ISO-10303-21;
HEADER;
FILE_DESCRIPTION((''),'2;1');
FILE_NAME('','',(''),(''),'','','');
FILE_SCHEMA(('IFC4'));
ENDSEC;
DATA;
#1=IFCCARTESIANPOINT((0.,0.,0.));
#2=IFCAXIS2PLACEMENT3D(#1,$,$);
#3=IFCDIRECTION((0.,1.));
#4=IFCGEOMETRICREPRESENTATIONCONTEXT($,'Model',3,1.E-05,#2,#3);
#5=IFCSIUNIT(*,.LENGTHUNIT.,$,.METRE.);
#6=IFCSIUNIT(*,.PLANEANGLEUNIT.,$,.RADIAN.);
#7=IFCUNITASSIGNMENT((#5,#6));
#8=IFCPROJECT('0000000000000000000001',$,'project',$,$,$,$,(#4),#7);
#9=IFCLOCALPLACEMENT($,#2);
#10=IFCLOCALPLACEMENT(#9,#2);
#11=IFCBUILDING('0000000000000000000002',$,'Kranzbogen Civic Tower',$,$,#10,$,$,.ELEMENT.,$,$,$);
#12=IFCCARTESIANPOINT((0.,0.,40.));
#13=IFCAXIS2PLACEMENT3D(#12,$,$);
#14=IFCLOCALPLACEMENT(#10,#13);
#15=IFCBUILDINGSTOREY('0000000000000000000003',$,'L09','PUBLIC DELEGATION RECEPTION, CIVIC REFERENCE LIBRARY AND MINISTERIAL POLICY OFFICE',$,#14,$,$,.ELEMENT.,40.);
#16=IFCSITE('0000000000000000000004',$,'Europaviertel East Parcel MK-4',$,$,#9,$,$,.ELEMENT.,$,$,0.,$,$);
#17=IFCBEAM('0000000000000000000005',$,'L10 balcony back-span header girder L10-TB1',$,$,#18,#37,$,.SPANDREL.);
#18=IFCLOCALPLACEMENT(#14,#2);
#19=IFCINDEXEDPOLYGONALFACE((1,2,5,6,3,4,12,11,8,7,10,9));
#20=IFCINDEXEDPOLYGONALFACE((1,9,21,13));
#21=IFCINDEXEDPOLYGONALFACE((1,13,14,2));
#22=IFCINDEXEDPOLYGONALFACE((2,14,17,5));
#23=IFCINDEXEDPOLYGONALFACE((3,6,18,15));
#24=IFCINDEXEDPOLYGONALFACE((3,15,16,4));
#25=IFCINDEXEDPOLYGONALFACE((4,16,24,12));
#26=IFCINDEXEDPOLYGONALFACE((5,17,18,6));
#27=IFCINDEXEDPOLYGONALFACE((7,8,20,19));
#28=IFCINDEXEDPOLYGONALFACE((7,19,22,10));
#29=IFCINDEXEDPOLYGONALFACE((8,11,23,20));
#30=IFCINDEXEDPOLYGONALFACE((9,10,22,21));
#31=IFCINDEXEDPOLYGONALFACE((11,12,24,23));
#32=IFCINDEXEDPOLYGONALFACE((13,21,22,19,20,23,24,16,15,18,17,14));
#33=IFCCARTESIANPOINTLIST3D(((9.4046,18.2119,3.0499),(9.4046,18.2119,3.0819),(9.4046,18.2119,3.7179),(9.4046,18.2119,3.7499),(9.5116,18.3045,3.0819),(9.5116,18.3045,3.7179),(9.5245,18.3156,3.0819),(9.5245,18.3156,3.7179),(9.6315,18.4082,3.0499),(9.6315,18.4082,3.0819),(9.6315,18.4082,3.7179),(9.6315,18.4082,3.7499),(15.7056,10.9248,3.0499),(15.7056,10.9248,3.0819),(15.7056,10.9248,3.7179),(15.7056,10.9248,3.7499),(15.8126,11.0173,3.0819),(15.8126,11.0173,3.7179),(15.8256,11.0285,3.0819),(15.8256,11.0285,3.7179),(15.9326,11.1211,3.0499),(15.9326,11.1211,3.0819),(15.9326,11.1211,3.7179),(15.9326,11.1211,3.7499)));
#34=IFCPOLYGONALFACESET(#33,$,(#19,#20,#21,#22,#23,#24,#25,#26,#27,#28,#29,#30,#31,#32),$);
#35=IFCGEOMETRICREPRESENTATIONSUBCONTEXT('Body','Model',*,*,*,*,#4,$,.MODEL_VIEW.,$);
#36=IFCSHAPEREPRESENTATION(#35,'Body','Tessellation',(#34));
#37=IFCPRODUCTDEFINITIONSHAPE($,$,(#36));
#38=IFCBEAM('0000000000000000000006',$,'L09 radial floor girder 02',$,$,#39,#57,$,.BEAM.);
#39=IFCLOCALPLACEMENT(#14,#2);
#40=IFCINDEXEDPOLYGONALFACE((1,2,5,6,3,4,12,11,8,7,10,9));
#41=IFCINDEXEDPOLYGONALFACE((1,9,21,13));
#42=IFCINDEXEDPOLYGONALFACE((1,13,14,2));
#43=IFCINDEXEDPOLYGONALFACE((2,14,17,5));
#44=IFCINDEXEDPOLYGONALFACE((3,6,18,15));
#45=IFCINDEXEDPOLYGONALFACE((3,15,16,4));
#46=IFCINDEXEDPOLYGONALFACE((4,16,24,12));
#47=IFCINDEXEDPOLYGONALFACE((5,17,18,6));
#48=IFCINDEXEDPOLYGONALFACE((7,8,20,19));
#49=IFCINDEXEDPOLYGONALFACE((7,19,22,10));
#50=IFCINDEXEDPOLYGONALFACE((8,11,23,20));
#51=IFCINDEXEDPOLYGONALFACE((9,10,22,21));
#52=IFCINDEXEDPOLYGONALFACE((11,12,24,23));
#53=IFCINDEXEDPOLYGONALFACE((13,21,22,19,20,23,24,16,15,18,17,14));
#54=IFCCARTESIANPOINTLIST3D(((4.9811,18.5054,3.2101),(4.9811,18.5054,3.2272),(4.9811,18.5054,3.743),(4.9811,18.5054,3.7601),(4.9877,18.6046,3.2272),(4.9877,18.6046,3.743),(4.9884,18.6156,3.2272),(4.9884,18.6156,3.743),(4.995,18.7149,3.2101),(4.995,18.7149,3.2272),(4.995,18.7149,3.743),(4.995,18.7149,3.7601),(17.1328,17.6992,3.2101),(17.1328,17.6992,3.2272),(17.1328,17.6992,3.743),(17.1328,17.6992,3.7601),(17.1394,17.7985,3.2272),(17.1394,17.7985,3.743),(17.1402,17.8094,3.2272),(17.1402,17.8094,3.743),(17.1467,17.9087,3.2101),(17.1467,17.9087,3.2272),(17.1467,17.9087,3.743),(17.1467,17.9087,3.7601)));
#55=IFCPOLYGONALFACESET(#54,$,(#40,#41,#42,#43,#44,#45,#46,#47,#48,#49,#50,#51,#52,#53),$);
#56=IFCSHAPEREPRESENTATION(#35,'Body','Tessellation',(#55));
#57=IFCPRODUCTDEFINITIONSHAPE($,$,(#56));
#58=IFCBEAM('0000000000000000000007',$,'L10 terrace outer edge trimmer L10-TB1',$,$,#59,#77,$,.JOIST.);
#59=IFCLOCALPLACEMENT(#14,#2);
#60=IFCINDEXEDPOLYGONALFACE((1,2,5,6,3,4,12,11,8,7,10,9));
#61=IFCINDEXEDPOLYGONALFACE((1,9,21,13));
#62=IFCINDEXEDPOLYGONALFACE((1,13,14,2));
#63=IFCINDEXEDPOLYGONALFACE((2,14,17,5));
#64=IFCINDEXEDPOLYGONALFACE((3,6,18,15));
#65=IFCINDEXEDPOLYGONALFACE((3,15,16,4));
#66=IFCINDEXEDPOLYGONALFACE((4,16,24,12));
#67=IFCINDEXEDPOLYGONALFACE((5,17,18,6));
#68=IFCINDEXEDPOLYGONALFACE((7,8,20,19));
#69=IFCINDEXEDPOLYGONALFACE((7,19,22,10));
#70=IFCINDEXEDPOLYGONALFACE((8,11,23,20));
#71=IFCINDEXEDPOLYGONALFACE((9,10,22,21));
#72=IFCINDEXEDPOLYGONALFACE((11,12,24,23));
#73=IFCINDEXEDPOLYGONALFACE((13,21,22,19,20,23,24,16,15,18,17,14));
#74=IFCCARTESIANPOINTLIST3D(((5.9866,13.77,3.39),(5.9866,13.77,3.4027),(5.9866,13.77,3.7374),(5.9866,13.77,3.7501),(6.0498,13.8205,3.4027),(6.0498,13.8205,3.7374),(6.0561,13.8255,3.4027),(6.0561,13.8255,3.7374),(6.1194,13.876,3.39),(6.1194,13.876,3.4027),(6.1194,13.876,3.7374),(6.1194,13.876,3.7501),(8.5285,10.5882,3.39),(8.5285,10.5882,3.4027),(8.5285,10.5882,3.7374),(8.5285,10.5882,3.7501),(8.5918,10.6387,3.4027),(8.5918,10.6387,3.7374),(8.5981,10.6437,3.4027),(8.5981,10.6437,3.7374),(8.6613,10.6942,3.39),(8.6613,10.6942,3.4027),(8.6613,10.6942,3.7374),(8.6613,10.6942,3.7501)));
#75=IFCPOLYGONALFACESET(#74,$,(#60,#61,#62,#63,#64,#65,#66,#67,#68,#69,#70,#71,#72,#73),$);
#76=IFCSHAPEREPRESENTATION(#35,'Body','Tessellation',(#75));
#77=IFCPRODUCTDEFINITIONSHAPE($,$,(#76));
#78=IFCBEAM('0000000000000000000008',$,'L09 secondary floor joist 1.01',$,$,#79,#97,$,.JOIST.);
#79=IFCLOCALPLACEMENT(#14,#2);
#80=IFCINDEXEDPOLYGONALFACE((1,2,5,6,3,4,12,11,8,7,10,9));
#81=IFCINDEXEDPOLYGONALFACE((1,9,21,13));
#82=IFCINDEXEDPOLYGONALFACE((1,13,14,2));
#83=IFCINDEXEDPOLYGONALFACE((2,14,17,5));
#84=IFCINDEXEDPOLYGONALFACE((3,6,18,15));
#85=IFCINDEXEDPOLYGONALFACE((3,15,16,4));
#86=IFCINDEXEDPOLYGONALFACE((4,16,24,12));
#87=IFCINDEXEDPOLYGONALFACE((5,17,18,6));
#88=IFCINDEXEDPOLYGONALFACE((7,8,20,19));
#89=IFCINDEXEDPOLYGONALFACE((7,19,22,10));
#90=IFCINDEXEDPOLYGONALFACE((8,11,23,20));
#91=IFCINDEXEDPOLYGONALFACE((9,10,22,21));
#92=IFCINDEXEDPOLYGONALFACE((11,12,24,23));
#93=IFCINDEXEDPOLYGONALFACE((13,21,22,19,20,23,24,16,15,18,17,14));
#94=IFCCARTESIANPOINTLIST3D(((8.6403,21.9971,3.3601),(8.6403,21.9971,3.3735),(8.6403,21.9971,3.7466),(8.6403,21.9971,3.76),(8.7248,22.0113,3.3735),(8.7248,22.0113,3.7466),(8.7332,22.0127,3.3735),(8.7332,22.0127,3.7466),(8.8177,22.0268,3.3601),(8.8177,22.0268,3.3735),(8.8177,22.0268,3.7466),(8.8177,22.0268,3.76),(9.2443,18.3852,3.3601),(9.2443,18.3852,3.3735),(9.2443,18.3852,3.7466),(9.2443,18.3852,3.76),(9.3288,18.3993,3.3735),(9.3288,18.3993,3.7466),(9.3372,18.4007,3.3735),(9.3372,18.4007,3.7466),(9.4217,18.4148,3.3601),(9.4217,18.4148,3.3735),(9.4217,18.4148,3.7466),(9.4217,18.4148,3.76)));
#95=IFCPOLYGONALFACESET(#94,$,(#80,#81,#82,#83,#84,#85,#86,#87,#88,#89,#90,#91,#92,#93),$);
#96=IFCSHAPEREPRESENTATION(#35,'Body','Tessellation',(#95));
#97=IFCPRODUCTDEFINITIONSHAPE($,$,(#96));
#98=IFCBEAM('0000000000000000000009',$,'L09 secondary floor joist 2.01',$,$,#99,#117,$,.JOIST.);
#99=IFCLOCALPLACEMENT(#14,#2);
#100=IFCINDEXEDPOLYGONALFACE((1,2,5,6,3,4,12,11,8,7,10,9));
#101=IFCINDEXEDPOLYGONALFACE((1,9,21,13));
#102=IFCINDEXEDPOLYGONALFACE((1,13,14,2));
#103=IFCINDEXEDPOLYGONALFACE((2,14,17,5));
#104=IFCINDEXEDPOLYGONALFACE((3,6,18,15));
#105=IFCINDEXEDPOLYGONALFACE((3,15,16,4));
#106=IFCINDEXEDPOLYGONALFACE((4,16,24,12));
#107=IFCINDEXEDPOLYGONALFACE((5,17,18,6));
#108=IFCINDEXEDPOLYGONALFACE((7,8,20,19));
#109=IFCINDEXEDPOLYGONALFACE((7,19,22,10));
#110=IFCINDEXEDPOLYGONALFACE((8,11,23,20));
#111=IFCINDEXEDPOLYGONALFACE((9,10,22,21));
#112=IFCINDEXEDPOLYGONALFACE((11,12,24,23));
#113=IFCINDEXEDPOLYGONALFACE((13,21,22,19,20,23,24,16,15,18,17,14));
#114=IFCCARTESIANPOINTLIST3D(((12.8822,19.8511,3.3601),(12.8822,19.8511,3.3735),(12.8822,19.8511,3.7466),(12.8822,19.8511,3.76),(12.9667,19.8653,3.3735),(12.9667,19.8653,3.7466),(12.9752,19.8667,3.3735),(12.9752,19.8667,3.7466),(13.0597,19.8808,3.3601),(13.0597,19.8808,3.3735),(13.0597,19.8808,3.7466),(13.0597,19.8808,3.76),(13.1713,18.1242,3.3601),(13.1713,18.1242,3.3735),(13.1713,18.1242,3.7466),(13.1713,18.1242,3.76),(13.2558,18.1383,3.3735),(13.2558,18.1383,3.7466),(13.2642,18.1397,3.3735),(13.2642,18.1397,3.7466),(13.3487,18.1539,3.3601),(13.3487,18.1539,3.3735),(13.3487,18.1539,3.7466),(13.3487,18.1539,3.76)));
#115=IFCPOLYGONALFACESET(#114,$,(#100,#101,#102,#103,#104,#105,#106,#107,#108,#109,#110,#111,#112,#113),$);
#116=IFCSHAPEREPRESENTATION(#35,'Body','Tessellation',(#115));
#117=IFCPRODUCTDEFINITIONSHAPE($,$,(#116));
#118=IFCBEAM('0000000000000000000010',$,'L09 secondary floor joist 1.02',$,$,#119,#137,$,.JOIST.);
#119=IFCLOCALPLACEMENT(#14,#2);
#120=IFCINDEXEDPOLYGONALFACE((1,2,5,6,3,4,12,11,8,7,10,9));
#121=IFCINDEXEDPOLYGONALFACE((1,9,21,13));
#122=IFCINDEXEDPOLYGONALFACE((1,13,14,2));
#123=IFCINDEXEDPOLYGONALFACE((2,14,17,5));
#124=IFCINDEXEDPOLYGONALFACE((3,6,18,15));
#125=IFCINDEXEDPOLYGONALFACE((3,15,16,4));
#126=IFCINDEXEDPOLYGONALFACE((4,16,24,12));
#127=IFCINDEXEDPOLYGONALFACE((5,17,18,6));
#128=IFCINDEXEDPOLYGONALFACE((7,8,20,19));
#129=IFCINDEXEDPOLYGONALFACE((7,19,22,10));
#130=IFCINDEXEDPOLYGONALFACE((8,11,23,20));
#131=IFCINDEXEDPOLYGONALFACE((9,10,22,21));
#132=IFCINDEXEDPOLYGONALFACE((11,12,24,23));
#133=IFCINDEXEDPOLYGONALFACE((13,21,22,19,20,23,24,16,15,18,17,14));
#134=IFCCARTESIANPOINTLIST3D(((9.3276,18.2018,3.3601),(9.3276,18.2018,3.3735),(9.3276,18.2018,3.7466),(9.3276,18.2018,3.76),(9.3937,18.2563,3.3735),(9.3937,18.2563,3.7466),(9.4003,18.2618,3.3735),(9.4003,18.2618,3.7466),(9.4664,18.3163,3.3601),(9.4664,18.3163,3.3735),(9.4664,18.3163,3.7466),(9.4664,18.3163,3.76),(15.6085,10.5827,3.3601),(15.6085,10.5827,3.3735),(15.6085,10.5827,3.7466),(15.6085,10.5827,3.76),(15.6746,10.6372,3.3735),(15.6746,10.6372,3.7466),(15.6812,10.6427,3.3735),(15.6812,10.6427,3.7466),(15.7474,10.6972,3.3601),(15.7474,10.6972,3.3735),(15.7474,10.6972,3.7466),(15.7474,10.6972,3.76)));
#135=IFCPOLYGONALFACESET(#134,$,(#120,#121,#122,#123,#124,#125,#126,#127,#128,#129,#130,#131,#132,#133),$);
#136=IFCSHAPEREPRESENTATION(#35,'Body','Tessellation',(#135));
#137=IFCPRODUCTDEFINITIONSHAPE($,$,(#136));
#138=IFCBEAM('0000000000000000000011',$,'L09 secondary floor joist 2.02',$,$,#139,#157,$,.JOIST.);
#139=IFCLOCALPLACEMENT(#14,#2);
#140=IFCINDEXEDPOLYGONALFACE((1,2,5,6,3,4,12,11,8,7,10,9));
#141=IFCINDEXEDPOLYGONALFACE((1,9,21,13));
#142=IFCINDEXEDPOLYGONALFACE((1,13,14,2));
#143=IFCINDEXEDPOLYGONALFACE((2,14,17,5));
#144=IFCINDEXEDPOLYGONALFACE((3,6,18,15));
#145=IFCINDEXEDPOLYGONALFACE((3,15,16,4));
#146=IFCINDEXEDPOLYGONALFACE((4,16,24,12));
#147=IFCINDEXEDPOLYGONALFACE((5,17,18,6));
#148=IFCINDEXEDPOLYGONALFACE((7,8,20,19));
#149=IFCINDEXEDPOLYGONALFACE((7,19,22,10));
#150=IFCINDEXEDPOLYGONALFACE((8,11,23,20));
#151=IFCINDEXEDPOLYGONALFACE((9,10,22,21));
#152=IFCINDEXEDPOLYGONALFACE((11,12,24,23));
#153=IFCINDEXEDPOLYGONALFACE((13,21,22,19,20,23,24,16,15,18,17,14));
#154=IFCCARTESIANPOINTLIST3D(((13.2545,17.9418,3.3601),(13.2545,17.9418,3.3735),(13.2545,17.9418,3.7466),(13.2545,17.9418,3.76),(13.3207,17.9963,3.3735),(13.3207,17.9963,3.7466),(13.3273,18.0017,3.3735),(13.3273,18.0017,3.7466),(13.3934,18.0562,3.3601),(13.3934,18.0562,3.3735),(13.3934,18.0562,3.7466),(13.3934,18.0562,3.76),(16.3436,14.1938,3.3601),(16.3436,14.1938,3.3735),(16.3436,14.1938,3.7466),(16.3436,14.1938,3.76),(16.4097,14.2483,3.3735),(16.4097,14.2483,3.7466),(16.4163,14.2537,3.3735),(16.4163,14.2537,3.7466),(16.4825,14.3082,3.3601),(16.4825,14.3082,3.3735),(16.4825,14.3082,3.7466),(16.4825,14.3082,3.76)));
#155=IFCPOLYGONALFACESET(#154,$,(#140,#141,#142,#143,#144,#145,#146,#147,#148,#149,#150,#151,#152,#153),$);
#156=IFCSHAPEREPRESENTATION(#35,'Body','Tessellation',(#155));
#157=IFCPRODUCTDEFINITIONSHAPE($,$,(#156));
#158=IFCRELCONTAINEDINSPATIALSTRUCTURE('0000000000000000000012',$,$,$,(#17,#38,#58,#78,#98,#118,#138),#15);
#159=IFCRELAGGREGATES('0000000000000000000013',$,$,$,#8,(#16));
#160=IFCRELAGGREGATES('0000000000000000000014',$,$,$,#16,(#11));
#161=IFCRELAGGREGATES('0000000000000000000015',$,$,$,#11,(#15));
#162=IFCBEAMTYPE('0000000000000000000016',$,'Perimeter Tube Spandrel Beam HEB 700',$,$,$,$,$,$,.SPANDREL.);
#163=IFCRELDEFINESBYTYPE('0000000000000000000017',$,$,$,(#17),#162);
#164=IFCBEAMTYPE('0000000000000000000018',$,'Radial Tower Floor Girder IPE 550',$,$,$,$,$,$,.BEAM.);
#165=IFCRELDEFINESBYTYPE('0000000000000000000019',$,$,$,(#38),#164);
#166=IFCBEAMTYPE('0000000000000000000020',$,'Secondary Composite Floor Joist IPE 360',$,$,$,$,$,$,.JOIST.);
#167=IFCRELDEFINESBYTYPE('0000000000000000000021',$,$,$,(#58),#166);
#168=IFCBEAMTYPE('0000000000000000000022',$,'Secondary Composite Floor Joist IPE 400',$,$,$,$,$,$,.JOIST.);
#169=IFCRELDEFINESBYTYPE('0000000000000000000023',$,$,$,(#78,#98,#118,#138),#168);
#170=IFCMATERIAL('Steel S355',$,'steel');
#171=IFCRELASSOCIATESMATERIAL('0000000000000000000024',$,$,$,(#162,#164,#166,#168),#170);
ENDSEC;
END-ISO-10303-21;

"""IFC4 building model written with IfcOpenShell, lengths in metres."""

from ifc_helpers import new_model, si_unit, direction, frame, origin, origin_2d, place, context, subcontext, project, spatial, i_section, extrude, material, material_profile, profile_set, type_object, element, save


model = new_model("IFC4")

# Units and contexts
model_context = context("Model", 3, precision=1e-05, world=origin(), true_north=direction((0.0, 1.0)))
body_context = subcontext(model_context, "Body", "Model", "MODEL_VIEW")
ifc_project = project(units=[si_unit("LENGTHUNIT", "METRE"), si_unit("PLANEANGLEUNIT", "RADIAN")], contexts=[model_context])

# Site, building, storey
site_placement = place(None, origin())
site = spatial("IfcSite", under=ifc_project, at=site_placement, Name="Europaviertel East Parcel MK-4", CompositionType="ELEMENT", RefElevation=0.0)
building_placement = place(site_placement, origin())
building = spatial("IfcBuilding", under=site, at=building_placement, Name="Kranzbogen Civic Tower", CompositionType="ELEMENT")
storey_placement = place(building_placement, frame((0.0, 0.0, 40.0)))
storey = spatial("IfcBuildingStorey", under=building, at=storey_placement, Name="L09", Description="PUBLIC DELEGATION RECEPTION, CIVIC REFERENCE LIBRARY AND MINISTERIAL POLICY OFFICE", CompositionType="ELEMENT", Elevation=40.0)

# Shared definitions
ifc_material_1 = material(Name="Steel S355", Category="steel")

# Beams
ifc_material_profile_1 = material_profile(ifc_material_1, i_section(OverallWidth=0.3, OverallDepth=0.7, WebThickness=0.0171, FlangeThickness=0.032, at=origin_2d()), Name="HEB 700")
ifc_profile_set_1 = profile_set([ifc_material_profile_1], Name="Steel S355")
beam_type_1 = type_object("IfcBeamType", Name="Perimeter Tube Spandrel Beam HEB 700", PredefinedType="SPANDREL", material=ifc_profile_set_1)
beam_1_placement = place(storey_placement, frame((9.5181, 18.3101, 3.3999), z_axis=(0.654072, -0.756432, 0.0), x_axis=(0.756432, 0.654072, 0.0)))
element("IfcBeam", 1, at=beam_1_placement, inside=storey, type_object=beam_type_1, Name="L10 balcony back-span header girder L10-TB1", PredefinedType="SPANDREL", context=body_context, shape_type="SweptSolid", body=[
    extrude(i_section(OverallWidth=0.3, OverallDepth=0.7, WebThickness=0.0171, FlangeThickness=0.032, at=origin_2d()), origin(), (0.0, 0.0, 1.0), 9.6335),
])
ifc_material_profile_2 = material_profile(ifc_material_1, i_section(OverallWidth=0.21, OverallDepth=0.55, WebThickness=0.011, FlangeThickness=0.0171, at=origin_2d()), Name="IPE 550")
ifc_profile_set_2 = profile_set([ifc_material_profile_2], Name="Steel S355")
beam_type_2 = type_object("IfcBeamType", Name="Radial Tower Floor Girder IPE 550", PredefinedType="BEAM", material=ifc_profile_set_2)
beam_2_placement = place(storey_placement, frame((4.988, 18.6101, 3.4851), z_axis=(0.997807, -0.066194, 0.0), x_axis=(0.066194, 0.997807, 0.0)))
element("IfcBeam", 2, at=beam_2_placement, inside=storey, type_object=beam_type_2, Name="L09 radial floor girder 02", PredefinedType="BEAM", context=body_context, shape_type="SweptSolid", body=[
    extrude(i_section(OverallWidth=0.21, OverallDepth=0.55, WebThickness=0.011, FlangeThickness=0.0171, at=origin_2d()), origin(), (0.0, 0.0, 1.0), 12.1785),
])
ifc_material_profile_3 = material_profile(ifc_material_1, i_section(OverallWidth=0.1699, OverallDepth=0.3601, WebThickness=0.0081, FlangeThickness=0.0127, at=origin_2d()), Name="IPE 360")
ifc_profile_set_3 = profile_set([ifc_material_profile_3], Name="Steel S355")
beam_type_3 = type_object("IfcBeamType", Name="Secondary Composite Floor Joist IPE 360", PredefinedType="JOIST", material=ifc_profile_set_3)
beam_3_placement = place(storey_placement, frame((6.053, 13.823, 3.5701), z_axis=(0.624169, -0.78129, 0.0), x_axis=(0.78129, 0.624169, 0.0)))
element("IfcBeam", 3, at=beam_3_placement, inside=storey, type_object=beam_type_3, Name="L10 terrace outer edge trimmer L10-TB1", PredefinedType="JOIST", context=body_context, shape_type="SweptSolid", body=[
    extrude(i_section(OverallWidth=0.1699, OverallDepth=0.3601, WebThickness=0.0081, FlangeThickness=0.0127, at=origin_2d()), origin(), (0.0, 0.0, 1.0), 4.0725),
])
ifc_material_profile_4 = material_profile(ifc_material_1, i_section(OverallWidth=0.1799, OverallDepth=0.3999, WebThickness=0.0085, FlangeThickness=0.0134, at=origin_2d()), Name="IPE 400")
ifc_profile_set_4 = profile_set([ifc_material_profile_4], Name="Steel S355")
beam_type_4 = type_object("IfcBeamType", Name="Secondary Composite Floor Joist IPE 400", PredefinedType="JOIST", material=ifc_profile_set_4)
beam_4_placement = place(storey_placement, frame((8.729, 22.012, 3.5601), z_axis=(0.164929, -0.986305, 0.0), x_axis=(0.986305, 0.164929, 0.0)))
element("IfcBeam", 4, at=beam_4_placement, inside=storey, type_object=beam_type_4, Name="L09 secondary floor joist 1.01", PredefinedType="JOIST", context=body_context, shape_type="SweptSolid", body=[
    extrude(i_section(OverallWidth=0.1799, OverallDepth=0.3999, WebThickness=0.0085, FlangeThickness=0.0134, at=origin_2d()), origin(), (0.0, 0.0, 1.0), 3.6621),
])
beam_5_placement = place(storey_placement, frame((12.9709, 19.866, 3.5601), z_axis=(0.165077, -0.986281, 0.0), x_axis=(0.986281, 0.165077, 0.0)))
element("IfcBeam", 5, at=beam_5_placement, inside=storey, type_object=beam_type_4, Name="L09 secondary floor joist 2.01", PredefinedType="JOIST", context=body_context, shape_type="SweptSolid", body=[
    extrude(i_section(OverallWidth=0.1799, OverallDepth=0.3999, WebThickness=0.0085, FlangeThickness=0.0134, at=origin_2d()), origin(), (0.0, 0.0, 1.0), 1.751),
])
beam_6_placement = place(storey_placement, frame((9.397, 18.259, 3.5601), z_axis=(0.636095, -0.771611, 0.0), x_axis=(0.771611, 0.636095, 0.0)))
element("IfcBeam", 6, at=beam_6_placement, inside=storey, type_object=beam_type_4, Name="L09 secondary floor joist 1.02", PredefinedType="JOIST", context=body_context, shape_type="SweptSolid", body=[
    extrude(i_section(OverallWidth=0.1799, OverallDepth=0.3999, WebThickness=0.0085, FlangeThickness=0.0134, at=origin_2d()), origin(), (0.0, 0.0, 1.0), 9.8743),
])
beam_7_placement = place(storey_placement, frame((13.324, 17.999, 3.5601), z_axis=(0.636012, -0.771679, 0.0), x_axis=(0.771679, 0.636012, 0.0)))
element("IfcBeam", 7, at=beam_7_placement, inside=storey, type_object=beam_type_4, Name="L09 secondary floor joist 2.02", PredefinedType="JOIST", context=body_context, shape_type="SweptSolid", body=[
    extrude(i_section(OverallWidth=0.1799, OverallDepth=0.3999, WebThickness=0.0085, FlangeThickness=0.0134, at=origin_2d()), origin(), (0.0, 0.0, 1.0), 4.8569),
])

save(model, "model.ifc")
